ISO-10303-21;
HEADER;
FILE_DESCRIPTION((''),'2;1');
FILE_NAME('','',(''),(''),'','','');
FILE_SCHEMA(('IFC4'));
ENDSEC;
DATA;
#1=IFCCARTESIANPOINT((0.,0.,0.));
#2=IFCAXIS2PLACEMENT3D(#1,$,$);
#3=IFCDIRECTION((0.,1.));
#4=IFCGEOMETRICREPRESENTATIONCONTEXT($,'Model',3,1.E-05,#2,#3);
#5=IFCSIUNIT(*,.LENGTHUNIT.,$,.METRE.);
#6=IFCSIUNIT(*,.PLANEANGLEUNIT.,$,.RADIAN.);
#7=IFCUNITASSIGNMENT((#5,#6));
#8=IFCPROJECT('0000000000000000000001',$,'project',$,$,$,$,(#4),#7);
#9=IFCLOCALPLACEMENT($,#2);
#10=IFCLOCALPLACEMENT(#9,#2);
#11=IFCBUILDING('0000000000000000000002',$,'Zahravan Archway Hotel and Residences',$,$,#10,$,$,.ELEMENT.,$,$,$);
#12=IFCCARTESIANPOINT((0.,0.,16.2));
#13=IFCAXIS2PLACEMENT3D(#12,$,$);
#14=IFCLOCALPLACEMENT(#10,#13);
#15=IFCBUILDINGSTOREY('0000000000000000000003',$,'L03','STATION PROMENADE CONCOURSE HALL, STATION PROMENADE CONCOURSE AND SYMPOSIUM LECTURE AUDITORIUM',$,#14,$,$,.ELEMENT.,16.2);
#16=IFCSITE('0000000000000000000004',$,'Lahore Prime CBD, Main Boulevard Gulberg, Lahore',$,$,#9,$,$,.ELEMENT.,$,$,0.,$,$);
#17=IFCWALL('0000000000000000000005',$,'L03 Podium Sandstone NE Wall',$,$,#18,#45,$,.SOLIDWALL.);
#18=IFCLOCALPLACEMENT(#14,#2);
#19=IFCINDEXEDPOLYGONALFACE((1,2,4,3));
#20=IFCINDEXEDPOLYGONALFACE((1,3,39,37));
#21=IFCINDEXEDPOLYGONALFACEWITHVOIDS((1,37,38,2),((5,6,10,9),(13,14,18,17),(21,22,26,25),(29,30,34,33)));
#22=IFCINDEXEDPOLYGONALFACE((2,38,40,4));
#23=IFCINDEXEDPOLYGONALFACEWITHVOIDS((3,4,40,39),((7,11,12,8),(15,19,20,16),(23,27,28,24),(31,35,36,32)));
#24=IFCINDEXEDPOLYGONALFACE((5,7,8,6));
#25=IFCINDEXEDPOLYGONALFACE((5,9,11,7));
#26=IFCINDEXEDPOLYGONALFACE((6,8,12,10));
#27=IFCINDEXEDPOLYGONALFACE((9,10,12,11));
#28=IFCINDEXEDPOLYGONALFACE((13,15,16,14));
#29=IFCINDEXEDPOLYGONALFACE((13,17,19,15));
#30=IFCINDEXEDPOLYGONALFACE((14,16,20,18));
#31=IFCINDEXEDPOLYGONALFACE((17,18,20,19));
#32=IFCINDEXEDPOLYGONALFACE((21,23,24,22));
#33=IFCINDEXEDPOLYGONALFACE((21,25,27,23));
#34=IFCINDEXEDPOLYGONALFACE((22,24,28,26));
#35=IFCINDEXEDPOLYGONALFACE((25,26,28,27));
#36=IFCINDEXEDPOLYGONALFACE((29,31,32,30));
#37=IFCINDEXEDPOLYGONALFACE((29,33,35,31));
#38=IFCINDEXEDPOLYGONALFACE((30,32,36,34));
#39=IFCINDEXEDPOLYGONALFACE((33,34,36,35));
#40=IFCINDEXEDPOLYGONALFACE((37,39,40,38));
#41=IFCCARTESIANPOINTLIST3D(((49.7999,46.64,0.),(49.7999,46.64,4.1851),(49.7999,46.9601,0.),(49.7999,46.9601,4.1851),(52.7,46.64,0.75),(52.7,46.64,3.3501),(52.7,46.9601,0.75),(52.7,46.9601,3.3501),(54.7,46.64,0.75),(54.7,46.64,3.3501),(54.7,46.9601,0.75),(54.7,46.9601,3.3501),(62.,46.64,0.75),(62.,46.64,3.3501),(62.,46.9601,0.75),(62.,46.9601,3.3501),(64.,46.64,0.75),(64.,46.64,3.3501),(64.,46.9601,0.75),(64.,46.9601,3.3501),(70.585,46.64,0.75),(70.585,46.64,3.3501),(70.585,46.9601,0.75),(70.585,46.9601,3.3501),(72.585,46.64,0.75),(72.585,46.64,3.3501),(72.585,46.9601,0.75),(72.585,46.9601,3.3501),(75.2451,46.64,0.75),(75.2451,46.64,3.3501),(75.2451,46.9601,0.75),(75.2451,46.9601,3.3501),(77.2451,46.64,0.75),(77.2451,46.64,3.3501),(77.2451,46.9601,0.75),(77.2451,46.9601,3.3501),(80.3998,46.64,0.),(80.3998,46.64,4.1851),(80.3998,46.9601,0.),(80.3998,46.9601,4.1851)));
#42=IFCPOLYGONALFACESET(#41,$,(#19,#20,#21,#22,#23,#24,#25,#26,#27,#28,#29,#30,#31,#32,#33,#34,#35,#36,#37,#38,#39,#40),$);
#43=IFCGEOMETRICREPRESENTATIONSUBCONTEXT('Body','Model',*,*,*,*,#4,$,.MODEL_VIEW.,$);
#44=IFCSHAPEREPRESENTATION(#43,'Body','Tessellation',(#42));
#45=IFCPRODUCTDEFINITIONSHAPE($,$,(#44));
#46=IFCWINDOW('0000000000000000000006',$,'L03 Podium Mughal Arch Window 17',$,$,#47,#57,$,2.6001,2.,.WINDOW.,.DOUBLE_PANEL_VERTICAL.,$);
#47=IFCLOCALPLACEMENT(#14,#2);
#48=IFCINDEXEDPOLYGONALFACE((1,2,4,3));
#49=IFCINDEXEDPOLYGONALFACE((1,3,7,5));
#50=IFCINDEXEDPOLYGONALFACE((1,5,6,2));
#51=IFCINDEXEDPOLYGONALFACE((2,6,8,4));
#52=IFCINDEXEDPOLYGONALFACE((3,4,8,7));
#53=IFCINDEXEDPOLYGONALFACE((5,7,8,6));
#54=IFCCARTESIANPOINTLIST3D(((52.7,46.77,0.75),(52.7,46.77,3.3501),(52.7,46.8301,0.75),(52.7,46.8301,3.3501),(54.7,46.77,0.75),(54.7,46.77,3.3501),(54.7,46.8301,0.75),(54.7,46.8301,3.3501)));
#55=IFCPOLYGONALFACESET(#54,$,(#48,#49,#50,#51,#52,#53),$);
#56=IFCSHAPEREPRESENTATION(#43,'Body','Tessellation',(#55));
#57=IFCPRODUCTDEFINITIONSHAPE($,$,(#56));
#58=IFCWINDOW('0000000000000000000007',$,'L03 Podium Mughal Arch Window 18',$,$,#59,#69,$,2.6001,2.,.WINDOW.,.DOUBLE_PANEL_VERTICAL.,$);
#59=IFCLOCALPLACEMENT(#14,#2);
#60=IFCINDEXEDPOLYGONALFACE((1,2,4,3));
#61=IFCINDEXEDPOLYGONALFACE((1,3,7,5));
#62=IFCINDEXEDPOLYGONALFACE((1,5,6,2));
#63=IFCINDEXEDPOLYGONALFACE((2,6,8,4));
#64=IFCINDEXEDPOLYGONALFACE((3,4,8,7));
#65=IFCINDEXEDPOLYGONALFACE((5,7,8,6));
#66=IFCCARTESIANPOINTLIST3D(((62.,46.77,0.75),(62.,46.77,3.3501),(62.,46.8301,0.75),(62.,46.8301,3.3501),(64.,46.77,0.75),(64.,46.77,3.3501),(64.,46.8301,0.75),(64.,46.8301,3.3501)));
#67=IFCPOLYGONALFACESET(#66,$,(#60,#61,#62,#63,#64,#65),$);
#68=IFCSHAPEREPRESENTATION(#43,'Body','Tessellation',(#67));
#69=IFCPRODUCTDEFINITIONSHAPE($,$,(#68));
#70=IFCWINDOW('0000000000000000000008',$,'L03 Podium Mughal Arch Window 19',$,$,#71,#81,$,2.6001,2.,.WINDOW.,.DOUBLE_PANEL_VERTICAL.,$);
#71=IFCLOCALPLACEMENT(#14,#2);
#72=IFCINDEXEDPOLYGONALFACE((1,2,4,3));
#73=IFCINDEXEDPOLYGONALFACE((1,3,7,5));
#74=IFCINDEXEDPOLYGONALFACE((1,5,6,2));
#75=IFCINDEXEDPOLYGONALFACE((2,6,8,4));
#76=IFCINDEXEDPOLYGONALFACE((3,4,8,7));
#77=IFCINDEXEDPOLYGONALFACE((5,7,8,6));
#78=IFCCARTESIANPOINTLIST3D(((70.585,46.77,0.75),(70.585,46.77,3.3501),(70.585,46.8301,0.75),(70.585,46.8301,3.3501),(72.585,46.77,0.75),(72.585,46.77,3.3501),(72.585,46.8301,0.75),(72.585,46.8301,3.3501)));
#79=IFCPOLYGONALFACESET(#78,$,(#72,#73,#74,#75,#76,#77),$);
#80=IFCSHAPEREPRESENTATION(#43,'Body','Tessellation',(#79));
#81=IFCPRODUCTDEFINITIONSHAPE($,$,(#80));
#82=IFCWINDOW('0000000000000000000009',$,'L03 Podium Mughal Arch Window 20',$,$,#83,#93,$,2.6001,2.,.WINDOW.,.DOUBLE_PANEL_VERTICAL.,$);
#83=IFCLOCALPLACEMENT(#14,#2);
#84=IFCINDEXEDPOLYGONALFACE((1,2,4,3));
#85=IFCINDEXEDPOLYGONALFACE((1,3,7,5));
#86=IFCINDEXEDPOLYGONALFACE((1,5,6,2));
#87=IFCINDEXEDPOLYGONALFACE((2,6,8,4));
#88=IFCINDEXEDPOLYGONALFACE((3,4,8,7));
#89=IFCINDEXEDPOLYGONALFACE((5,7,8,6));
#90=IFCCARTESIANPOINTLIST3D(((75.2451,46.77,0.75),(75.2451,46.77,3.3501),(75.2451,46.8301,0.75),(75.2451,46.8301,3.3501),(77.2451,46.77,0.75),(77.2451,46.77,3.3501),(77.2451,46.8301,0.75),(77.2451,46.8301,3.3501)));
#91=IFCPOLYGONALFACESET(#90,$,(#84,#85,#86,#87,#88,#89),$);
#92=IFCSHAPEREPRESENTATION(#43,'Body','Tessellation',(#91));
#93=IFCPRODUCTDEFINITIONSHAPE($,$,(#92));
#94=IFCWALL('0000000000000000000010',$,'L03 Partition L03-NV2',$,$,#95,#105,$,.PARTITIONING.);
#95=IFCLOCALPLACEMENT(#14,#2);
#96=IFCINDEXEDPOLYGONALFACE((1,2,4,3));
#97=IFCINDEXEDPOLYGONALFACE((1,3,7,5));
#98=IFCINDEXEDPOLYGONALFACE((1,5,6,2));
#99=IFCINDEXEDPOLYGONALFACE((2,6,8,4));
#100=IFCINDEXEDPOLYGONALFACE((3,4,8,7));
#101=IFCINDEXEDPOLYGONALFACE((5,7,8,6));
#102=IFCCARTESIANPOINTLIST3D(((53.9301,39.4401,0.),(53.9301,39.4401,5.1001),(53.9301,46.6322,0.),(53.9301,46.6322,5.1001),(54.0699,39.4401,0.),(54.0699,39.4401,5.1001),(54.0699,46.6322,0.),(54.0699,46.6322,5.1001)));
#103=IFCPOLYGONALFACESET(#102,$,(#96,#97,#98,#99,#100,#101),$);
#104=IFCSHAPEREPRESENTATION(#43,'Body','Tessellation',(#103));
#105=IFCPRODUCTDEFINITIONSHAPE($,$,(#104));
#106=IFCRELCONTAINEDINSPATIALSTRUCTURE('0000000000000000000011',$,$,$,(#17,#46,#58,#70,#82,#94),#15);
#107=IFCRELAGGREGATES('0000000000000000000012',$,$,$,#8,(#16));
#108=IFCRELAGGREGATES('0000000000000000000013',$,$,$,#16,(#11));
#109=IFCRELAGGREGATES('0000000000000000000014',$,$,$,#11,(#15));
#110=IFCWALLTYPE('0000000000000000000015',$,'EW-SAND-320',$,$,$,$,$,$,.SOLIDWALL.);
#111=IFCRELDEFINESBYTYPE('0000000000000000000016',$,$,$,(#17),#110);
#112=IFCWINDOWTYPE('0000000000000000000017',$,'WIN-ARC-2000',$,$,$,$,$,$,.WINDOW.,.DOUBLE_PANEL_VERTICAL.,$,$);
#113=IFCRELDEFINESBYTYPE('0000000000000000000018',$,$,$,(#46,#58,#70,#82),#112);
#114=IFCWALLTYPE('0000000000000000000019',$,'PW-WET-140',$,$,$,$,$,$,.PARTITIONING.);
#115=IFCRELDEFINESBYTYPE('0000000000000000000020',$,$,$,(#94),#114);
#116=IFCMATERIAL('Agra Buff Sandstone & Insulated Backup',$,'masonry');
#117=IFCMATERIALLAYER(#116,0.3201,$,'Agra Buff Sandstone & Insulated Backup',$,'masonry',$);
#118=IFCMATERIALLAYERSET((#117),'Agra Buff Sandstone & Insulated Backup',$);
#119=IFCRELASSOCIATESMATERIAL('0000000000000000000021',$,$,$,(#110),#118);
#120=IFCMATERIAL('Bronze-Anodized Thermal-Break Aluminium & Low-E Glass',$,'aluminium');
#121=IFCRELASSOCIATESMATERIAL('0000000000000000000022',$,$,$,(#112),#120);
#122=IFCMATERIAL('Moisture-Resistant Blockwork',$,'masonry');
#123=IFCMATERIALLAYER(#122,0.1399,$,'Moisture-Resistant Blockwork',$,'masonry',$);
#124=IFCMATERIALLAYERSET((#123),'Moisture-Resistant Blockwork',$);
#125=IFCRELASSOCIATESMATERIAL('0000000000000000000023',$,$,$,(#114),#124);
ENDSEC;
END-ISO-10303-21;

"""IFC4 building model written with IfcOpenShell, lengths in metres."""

from ifc_helpers import new_model, si_unit, direction, frame, frame_2d, origin, place, context, subcontext, project, spatial, rectangle, extrude, source, transform, mapped, material, layer, layer_set, type_object, type_shapes, element, fill, save


model = new_model("IFC4")

# Units and contexts
model_context = context("Model", 3, precision=1e-05, world=origin(), true_north=direction((0.0, 1.0)))
body_context = subcontext(model_context, "Body", "Model", "MODEL_VIEW")
ifc_project = project(units=[si_unit("LENGTHUNIT", "METRE"), si_unit("PLANEANGLEUNIT", "RADIAN")], contexts=[model_context])

# Site, building, storey
site_placement = place(None, origin())
site = spatial("IfcSite", under=ifc_project, at=site_placement, Name="Lahore Prime CBD, Main Boulevard Gulberg, Lahore", CompositionType="ELEMENT", RefElevation=0.0)
building_placement = place(site_placement, origin())
building = spatial("IfcBuilding", under=site, at=building_placement, Name="Zahravan Archway Hotel and Residences", CompositionType="ELEMENT")
storey_placement = place(building_placement, frame((0.0, 0.0, 16.2)))
storey = spatial("IfcBuildingStorey", under=building, at=storey_placement, Name="L03", Description="STATION PROMENADE CONCOURSE HALL, STATION PROMENADE CONCOURSE AND SYMPOSIUM LECTURE AUDITORIUM", CompositionType="ELEMENT", Elevation=16.2)

# Wall, openings, windows
ifc_material_1 = material(Name="Agra Buff Sandstone & Insulated Backup", Category="masonry")
ifc_layer_1 = layer(ifc_material_1, 0.3201, Name="Agra Buff Sandstone & Insulated Backup", Category="masonry")
ifc_layer_set_1 = layer_set([ifc_layer_1], Name="Agra Buff Sandstone & Insulated Backup")
wall_type_1 = type_object("IfcWallType", Name="EW-SAND-320", PredefinedType="SOLIDWALL", material=ifc_layer_set_1)
wall_1_placement = place(storey_placement, frame((49.8, 46.8, 0.0), z_axis=(0.0, 0.0, 1.0), x_axis=(1.0, 0.0, 0.0)))
wall_1 = element("IfcWall", 1, at=wall_1_placement, inside=storey, type_object=wall_type_1, Name="L03 Podium Sandstone NE Wall", PredefinedType="SOLIDWALL", context=body_context, shape_type="SweptSolid", body=[
    extrude(rectangle(XDim=30.5999, YDim=0.3201, at=frame_2d((15.2998, 0.0))), origin(), (0.0, 0.0, 1.0), 4.1851),
])
opening_1_placement = place(wall_1_placement, frame((2.8999, 0.0, 0.75)))
opening_1 = element("IfcOpeningElement", 2, at=opening_1_placement, cuts=wall_1, PredefinedType="OPENING", context=body_context, shape_type="SweptSolid", body=[
    extrude(rectangle(XDim=2.0, YDim=2.6001, at=frame_2d((1.0, 1.3))), frame((0.0, 0.1699, 0.0), z_axis=(0.0, -1.0, 0.0), x_axis=(1.0, 0.0, 0.0)), (0.0, 0.0, 1.0), 0.3401),
])
opening_2_placement = place(wall_1_placement, frame((12.2, 0.0, 0.75)))
opening_2 = element("IfcOpeningElement", 3, at=opening_2_placement, cuts=wall_1, PredefinedType="OPENING", context=body_context, shape_type="SweptSolid", body=[
    extrude(rectangle(XDim=2.0, YDim=2.6001, at=frame_2d((1.0, 1.3))), frame((0.0, 0.1699, 0.0), z_axis=(0.0, -1.0, 0.0), x_axis=(1.0, 0.0, 0.0)), (0.0, 0.0, 1.0), 0.3401),
])
opening_3_placement = place(wall_1_placement, frame((20.7849, 0.0, 0.75)))
opening_3 = element("IfcOpeningElement", 4, at=opening_3_placement, cuts=wall_1, PredefinedType="OPENING", context=body_context, shape_type="SweptSolid", body=[
    extrude(rectangle(XDim=2.0, YDim=2.6001, at=frame_2d((1.0, 1.3))), frame((0.0, 0.1699, 0.0), z_axis=(0.0, -1.0, 0.0), x_axis=(1.0, 0.0, 0.0)), (0.0, 0.0, 1.0), 0.3401),
])
opening_4_placement = place(wall_1_placement, frame((25.4451, 0.0, 0.75)))
opening_4 = element("IfcOpeningElement", 5, at=opening_4_placement, cuts=wall_1, PredefinedType="OPENING", context=body_context, shape_type="SweptSolid", body=[
    extrude(rectangle(XDim=2.0, YDim=2.6001, at=frame_2d((1.0, 1.3))), frame((0.0, 0.1699, 0.0), z_axis=(0.0, -1.0, 0.0), x_axis=(1.0, 0.0, 0.0)), (0.0, 0.0, 1.0), 0.3401),
])
ifc_material_2 = material(Name="Bronze-Anodized Thermal-Break Aluminium & Low-E Glass", Category="aluminium")
window_type = type_object("IfcWindowType", Name="WIN-ARC-2000", PartitioningType="DOUBLE_PANEL_VERTICAL", PredefinedType="WINDOW", material=ifc_material_2)
shared_shape_1 = source(origin(), body_context, "Body", "SweptSolid", [
    extrude(rectangle(XDim=2.0, YDim=2.6001, at=frame_2d((1.0, 1.3))), frame((0.0, 0.03, 0.0), z_axis=(0.0, -1.0, 0.0), x_axis=(1.0, 0.0, 0.0)), (0.0, 0.0, 1.0), 0.0601),
])
type_shapes(window_type, [shared_shape_1])
window_1_placement = place(opening_1_placement, origin())
window_1 = element("IfcWindow", 6, at=window_1_placement, inside=storey, type_object=window_type, Name="L03 Podium Mughal Arch Window 17", OverallHeight=2.6001, OverallWidth=2.0, PartitioningType="DOUBLE_PANEL_VERTICAL", PredefinedType="WINDOW", context=body_context, shape_type="MappedRepresentation", body=[
    mapped(shared_shape_1, transform((0.0, 0.0, 0.0), scale=1.0)),
])
fill(opening_1, window_1)
window_2_placement = place(opening_2_placement, origin())
window_2 = element("IfcWindow", 7, at=window_2_placement, inside=storey, type_object=window_type, Name="L03 Podium Mughal Arch Window 18", OverallHeight=2.6001, OverallWidth=2.0, PartitioningType="DOUBLE_PANEL_VERTICAL", PredefinedType="WINDOW", context=body_context, shape_type="MappedRepresentation", body=[
    mapped(shared_shape_1, transform((0.0, 0.0, 0.0), scale=1.0)),
])
fill(opening_2, window_2)
window_3_placement = place(opening_3_placement, origin())
window_3 = element("IfcWindow", 8, at=window_3_placement, inside=storey, type_object=window_type, Name="L03 Podium Mughal Arch Window 19", OverallHeight=2.6001, OverallWidth=2.0, PartitioningType="DOUBLE_PANEL_VERTICAL", PredefinedType="WINDOW", context=body_context, shape_type="MappedRepresentation", body=[
    mapped(shared_shape_1, transform((0.0, 0.0, 0.0), scale=1.0)),
])
fill(opening_3, window_3)
window_4_placement = place(opening_4_placement, origin())
window_4 = element("IfcWindow", 9, at=window_4_placement, inside=storey, type_object=window_type, Name="L03 Podium Mughal Arch Window 20", OverallHeight=2.6001, OverallWidth=2.0, PartitioningType="DOUBLE_PANEL_VERTICAL", PredefinedType="WINDOW", context=body_context, shape_type="MappedRepresentation", body=[
    mapped(shared_shape_1, transform((0.0, 0.0, 0.0), scale=1.0)),
])
fill(opening_4, window_4)

# Wall
ifc_material_3 = material(Name="Moisture-Resistant Blockwork", Category="masonry")
ifc_layer_2 = layer(ifc_material_3, 0.1399, Name="Moisture-Resistant Blockwork", Category="masonry")
ifc_layer_set_2 = layer_set([ifc_layer_2], Name="Moisture-Resistant Blockwork")
wall_type_2 = type_object("IfcWallType", Name="PW-WET-140", PredefinedType="PARTITIONING", material=ifc_layer_set_2)
wall_2_placement = place(storey_placement, frame((54.0, 39.4399, 0.0), z_axis=(0.0, 0.0, 1.0), x_axis=(0.0, 1.0, 0.0)))
element("IfcWall", 10, at=wall_2_placement, inside=storey, type_object=wall_type_2, Name="L03 Partition L03-NV2", PredefinedType="PARTITIONING", context=body_context, shape_type="SweptSolid", body=[
    extrude(rectangle(XDim=7.1921, YDim=0.1399, at=frame_2d((3.5962, 0.0))), origin(), (0.0, 0.0, 1.0), 5.1001),
])

save(model, "model.ifc")
